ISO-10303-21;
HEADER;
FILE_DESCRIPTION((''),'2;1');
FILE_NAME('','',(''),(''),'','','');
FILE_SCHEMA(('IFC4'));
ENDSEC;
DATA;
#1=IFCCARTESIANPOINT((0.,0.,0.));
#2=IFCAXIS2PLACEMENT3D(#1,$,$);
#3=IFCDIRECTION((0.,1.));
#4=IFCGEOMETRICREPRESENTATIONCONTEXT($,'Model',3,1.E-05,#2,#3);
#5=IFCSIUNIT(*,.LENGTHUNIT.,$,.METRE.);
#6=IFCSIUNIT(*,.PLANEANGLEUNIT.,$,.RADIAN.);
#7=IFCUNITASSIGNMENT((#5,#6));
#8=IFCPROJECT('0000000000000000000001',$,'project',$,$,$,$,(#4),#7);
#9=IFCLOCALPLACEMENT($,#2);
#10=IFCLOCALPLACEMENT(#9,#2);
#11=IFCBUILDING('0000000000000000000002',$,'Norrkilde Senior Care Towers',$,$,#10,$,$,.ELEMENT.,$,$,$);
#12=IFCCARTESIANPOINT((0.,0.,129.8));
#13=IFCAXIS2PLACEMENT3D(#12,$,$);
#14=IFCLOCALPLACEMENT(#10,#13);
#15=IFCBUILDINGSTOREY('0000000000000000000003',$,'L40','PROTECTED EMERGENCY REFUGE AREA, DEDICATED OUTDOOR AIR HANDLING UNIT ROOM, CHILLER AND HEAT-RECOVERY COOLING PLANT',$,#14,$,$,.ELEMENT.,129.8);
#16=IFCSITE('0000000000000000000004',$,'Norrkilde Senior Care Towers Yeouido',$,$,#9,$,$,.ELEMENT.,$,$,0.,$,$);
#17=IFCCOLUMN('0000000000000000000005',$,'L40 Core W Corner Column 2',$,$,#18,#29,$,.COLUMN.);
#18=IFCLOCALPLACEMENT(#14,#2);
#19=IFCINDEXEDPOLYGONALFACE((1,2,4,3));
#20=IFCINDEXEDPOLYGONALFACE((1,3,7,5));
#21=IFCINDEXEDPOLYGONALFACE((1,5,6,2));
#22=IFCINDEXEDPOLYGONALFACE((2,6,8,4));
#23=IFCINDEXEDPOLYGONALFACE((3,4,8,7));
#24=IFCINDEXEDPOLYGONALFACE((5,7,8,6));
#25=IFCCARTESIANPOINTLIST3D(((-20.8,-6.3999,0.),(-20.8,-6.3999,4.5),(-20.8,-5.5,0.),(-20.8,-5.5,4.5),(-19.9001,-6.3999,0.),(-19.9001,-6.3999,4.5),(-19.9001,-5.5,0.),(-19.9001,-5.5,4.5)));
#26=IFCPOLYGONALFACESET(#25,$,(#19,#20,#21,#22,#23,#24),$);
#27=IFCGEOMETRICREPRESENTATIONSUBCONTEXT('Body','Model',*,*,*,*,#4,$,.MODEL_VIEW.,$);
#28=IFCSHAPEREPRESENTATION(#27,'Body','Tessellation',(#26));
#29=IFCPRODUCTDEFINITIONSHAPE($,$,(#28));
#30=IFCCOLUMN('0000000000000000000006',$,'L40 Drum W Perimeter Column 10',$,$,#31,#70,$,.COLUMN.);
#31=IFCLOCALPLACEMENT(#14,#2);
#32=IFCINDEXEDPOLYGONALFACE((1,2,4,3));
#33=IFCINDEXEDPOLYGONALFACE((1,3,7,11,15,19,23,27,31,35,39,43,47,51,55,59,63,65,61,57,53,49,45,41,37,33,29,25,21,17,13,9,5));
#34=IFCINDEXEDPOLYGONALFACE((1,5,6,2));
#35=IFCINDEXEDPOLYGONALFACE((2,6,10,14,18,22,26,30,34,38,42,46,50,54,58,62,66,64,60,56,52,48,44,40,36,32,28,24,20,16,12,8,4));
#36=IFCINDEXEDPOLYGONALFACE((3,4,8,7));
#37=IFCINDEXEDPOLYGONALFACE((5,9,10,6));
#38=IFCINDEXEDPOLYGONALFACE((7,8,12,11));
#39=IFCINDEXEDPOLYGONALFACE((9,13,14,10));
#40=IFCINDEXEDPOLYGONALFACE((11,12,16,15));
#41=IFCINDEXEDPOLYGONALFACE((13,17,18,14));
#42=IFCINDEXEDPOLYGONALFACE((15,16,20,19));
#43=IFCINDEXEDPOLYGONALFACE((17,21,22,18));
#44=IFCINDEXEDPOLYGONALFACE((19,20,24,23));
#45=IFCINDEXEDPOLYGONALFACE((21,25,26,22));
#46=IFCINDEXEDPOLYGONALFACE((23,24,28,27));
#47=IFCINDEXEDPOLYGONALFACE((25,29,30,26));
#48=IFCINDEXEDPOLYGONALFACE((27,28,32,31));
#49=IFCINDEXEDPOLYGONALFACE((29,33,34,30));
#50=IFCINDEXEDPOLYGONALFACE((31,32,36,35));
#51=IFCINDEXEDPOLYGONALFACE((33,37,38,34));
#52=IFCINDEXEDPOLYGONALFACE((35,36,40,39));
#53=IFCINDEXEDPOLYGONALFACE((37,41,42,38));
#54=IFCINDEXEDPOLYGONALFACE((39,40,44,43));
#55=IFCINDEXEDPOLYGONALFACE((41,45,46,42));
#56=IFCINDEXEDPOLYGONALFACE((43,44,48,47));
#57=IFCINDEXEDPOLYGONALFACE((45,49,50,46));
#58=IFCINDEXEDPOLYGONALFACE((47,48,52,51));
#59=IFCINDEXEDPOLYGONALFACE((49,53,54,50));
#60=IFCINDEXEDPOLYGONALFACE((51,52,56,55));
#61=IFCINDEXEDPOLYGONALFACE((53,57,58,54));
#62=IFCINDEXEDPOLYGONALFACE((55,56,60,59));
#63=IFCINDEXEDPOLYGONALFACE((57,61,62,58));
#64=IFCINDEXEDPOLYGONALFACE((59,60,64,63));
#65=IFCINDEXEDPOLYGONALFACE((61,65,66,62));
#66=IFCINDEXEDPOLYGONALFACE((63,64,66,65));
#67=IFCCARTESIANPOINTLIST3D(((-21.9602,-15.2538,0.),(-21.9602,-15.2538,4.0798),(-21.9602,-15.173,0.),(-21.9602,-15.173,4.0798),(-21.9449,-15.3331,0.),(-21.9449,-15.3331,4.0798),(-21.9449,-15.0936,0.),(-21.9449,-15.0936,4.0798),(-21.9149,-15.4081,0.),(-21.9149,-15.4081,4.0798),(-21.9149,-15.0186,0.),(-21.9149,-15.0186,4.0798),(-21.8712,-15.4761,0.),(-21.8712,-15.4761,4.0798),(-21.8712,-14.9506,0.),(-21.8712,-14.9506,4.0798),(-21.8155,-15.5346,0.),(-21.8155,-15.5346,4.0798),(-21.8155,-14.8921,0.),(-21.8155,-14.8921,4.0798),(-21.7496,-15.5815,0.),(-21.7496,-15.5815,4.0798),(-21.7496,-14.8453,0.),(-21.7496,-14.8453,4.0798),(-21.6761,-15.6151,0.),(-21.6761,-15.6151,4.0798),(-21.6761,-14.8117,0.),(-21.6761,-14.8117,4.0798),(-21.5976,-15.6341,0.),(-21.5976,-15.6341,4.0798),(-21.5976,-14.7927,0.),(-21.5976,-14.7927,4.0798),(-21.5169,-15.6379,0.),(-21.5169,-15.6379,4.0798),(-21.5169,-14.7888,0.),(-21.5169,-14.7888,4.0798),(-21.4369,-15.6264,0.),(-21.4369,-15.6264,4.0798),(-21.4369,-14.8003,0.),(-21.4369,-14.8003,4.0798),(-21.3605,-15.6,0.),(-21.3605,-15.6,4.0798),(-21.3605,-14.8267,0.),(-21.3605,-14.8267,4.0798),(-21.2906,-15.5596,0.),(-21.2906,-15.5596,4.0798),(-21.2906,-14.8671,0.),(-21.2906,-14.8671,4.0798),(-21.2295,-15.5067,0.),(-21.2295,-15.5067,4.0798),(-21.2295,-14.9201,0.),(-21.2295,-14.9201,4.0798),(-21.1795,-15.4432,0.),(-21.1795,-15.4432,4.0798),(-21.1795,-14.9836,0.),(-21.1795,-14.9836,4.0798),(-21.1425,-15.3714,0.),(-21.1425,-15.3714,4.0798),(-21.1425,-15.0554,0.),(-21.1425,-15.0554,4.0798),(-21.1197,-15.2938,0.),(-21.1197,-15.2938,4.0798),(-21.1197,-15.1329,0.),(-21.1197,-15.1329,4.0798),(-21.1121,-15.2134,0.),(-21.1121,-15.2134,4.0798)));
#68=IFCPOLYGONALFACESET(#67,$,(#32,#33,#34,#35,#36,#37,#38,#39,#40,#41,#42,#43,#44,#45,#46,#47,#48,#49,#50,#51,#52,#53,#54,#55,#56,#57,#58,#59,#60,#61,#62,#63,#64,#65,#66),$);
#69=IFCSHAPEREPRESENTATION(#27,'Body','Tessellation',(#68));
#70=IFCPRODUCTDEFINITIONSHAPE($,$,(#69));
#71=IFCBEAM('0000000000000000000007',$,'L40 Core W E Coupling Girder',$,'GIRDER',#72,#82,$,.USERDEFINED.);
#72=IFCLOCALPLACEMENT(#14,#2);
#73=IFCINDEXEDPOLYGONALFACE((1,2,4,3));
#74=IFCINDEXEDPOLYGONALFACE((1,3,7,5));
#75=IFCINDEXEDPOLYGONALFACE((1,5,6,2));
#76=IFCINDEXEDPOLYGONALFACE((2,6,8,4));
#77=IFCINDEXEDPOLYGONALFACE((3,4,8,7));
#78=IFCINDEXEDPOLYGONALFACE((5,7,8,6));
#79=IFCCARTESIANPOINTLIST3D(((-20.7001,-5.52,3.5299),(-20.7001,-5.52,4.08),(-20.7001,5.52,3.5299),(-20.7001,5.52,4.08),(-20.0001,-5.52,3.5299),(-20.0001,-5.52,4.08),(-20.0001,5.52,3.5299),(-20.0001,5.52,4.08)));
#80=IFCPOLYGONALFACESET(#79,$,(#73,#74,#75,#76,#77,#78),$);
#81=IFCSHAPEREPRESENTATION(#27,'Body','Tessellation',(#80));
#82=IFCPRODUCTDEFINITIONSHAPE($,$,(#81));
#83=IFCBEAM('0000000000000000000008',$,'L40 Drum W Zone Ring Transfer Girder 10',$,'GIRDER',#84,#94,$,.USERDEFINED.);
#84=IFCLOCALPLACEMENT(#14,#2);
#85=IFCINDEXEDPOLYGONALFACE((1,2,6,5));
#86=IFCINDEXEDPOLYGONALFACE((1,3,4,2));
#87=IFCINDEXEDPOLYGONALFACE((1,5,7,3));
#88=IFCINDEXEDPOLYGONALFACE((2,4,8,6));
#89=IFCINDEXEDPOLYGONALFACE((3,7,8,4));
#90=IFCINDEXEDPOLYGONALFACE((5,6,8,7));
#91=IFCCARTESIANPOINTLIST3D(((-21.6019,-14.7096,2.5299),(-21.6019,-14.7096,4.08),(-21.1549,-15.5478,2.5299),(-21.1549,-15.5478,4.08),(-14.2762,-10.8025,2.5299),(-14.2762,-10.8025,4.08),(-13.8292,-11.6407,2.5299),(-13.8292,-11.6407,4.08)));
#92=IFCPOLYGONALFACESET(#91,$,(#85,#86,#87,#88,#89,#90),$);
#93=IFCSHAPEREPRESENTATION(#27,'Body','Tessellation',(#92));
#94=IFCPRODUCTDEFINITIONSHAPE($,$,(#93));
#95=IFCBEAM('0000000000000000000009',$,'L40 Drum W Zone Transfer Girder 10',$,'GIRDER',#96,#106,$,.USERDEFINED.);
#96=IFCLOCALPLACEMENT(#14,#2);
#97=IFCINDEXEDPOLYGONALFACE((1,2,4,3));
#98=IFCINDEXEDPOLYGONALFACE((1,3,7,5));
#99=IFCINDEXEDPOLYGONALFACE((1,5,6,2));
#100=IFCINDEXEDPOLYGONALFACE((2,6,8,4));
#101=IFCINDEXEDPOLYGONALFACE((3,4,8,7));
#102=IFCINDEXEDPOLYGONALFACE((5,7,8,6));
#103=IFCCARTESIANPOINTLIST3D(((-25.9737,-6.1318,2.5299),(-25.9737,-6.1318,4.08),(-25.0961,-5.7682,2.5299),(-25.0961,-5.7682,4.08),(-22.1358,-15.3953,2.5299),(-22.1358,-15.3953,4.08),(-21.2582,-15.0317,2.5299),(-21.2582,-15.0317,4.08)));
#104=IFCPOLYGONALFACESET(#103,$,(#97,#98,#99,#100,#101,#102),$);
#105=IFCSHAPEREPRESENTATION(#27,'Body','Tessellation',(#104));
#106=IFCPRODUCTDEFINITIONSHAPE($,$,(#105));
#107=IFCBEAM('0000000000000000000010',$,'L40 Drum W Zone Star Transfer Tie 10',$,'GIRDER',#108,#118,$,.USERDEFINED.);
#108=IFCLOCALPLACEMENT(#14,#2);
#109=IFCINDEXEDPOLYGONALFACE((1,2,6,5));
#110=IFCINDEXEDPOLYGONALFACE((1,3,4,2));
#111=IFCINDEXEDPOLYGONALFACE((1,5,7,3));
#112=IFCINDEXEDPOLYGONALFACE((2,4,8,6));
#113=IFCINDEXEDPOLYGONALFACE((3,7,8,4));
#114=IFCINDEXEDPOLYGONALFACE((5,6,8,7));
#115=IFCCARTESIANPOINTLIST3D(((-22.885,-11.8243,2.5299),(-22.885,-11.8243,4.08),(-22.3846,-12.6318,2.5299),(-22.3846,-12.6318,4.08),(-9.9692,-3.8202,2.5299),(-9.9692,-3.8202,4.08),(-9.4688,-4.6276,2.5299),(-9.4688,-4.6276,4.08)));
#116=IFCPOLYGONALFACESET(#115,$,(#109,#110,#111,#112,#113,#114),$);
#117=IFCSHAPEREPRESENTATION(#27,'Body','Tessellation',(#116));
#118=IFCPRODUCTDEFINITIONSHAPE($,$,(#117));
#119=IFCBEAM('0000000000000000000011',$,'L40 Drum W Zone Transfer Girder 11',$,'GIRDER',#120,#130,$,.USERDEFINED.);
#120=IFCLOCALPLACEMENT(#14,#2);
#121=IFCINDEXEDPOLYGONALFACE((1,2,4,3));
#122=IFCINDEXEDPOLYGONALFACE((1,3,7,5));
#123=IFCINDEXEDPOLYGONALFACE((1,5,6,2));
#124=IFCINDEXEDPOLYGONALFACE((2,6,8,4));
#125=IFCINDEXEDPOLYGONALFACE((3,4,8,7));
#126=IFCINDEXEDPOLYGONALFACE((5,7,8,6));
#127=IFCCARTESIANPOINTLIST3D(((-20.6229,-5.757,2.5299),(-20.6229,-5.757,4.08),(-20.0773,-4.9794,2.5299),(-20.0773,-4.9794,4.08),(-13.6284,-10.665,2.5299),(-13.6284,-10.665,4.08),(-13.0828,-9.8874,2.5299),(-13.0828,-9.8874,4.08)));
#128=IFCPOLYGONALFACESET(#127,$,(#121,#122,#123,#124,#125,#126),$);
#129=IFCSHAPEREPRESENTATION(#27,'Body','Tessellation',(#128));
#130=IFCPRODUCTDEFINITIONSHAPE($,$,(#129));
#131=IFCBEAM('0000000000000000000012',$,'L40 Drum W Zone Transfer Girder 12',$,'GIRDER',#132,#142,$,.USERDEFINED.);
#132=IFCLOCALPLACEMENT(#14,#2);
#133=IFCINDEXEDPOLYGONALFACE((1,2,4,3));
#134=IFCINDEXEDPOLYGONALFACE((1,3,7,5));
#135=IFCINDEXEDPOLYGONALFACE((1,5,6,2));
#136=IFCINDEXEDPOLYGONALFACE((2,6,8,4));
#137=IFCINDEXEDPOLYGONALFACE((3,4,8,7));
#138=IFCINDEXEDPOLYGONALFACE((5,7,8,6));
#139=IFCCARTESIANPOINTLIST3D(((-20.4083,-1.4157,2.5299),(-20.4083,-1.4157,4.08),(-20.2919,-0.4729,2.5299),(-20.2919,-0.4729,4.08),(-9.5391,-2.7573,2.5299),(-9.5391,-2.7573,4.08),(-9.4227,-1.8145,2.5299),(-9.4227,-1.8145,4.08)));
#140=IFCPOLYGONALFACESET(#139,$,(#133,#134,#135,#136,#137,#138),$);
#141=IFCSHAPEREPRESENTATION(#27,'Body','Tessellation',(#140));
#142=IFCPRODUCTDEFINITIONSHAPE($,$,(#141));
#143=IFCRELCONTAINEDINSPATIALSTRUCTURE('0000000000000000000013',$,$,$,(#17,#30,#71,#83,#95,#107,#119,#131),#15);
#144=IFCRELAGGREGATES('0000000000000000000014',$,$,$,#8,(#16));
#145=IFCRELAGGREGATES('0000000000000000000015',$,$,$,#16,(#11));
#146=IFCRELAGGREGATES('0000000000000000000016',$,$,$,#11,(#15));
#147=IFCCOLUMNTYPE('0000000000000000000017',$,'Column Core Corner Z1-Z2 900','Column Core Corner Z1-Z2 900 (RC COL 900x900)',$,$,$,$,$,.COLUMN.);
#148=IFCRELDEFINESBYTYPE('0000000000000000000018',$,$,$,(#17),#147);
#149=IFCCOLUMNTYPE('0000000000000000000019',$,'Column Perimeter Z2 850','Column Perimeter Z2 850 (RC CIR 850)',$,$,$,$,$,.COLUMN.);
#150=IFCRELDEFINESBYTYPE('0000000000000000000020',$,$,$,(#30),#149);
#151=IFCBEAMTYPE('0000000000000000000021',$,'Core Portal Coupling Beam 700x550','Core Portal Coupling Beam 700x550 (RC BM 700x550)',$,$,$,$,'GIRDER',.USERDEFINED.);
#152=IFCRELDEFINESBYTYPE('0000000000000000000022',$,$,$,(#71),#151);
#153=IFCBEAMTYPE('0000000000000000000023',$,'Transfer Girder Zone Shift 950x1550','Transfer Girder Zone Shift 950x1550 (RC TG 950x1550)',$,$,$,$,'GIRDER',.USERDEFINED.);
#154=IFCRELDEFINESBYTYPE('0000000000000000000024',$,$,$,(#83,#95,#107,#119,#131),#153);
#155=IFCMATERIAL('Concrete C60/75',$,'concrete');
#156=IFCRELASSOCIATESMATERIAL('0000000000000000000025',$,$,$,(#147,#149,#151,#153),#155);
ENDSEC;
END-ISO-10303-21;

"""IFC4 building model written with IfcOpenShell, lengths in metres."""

from ifc_helpers import new_model, si_unit, direction, frame, origin, origin_2d, place, context, subcontext, project, spatial, rectangle, circle, extrude, source, transform, mapped, material, material_profile, profile_set, type_object, type_shapes, element, save


model = new_model("IFC4")

# Units and contexts
model_context = context("Model", 3, precision=1e-05, world=origin(), true_north=direction((0.0, 1.0)))
body_context = subcontext(model_context, "Body", "Model", "MODEL_VIEW")
ifc_project = project(units=[si_unit("LENGTHUNIT", "METRE"), si_unit("PLANEANGLEUNIT", "RADIAN")], contexts=[model_context])

# Site, building, storey
site_placement = place(None, origin())
site = spatial("IfcSite", under=ifc_project, at=site_placement, Name="Norrkilde Senior Care Towers Yeouido", CompositionType="ELEMENT", RefElevation=0.0)
building_placement = place(site_placement, origin())
building = spatial("IfcBuilding", under=site, at=building_placement, Name="Norrkilde Senior Care Towers", CompositionType="ELEMENT")
storey_placement = place(building_placement, frame((0.0, 0.0, 129.8)))
storey = spatial("IfcBuildingStorey", under=building, at=storey_placement, Name="L40", Description="PROTECTED EMERGENCY REFUGE AREA, DEDICATED OUTDOOR AIR HANDLING UNIT ROOM, CHILLER AND HEAT-RECOVERY COOLING PLANT", CompositionType="ELEMENT", Elevation=129.8)

# Columns
ifc_material_1 = material(Name="Concrete C60/75", Category="concrete")
ifc_material_profile_1 = material_profile(ifc_material_1, rectangle(XDim=0.8999, YDim=0.8999, at=origin_2d()), Name="RC COL 900x900")
ifc_profile_set_1 = profile_set([ifc_material_profile_1], Name="Concrete C60/75")
column_type_1 = type_object("IfcColumnType", Name="Column Core Corner Z1-Z2 900", Description="Column Core Corner Z1-Z2 900 (RC COL 900x900)", PredefinedType="COLUMN", material=ifc_profile_set_1)
shared_shape_1 = source(origin(), body_context, "Body", "SweptSolid", [
    extrude(rectangle(XDim=0.8999, YDim=0.8999, at=origin_2d()), origin(), (0.0, 0.0, 1.0), 4.5),
])
type_shapes(column_type_1, [shared_shape_1])
column_1_placement = place(storey_placement, frame((-20.3501, -5.95, 0.0), z_axis=(0.0, 0.0, 1.0), x_axis=(1.0, 0.0, 0.0)))
element("IfcColumn", 1, at=column_1_placement, inside=storey, type_object=column_type_1, Name="L40 Core W Corner Column 2", PredefinedType="COLUMN", context=body_context, shape_type="MappedRepresentation", body=[
    mapped(shared_shape_1, transform((0.0, 0.0, 0.0), x_axis=(1.0, 0.0, 0.0), y_axis=(0.0, 1.0, 0.0), z_axis=(0.0, 0.0, 1.0), scale=1.0)),
])
ifc_material_profile_2 = material_profile(ifc_material_1, circle(Radius=0.425, at=origin_2d()), Name="RC CIR 850")
ifc_profile_set_2 = profile_set([ifc_material_profile_2], Name="Concrete C60/75")
column_type_2 = type_object("IfcColumnType", Name="Column Perimeter Z2 850", Description="Column Perimeter Z2 850 (RC CIR 850)", PredefinedType="COLUMN", material=ifc_profile_set_2)
shared_shape_2 = source(origin(), body_context, "Body", "SweptSolid", [
    extrude(circle(Radius=0.425, at=origin_2d()), origin(), (0.0, 0.0, 1.0), 4.0798),
])
type_shapes(column_type_2, [shared_shape_2])
column_2_placement = place(storey_placement, frame((-21.5371, -15.2134, 0.0), z_axis=(0.0, 0.0, 1.0), x_axis=(1.0, 0.0, 0.0)))
element("IfcColumn", 2, at=column_2_placement, inside=storey, type_object=column_type_2, Name="L40 Drum W Perimeter Column 10", PredefinedType="COLUMN", context=body_context, shape_type="MappedRepresentation", body=[
    mapped(shared_shape_2, transform((0.0, 0.0, 0.0), x_axis=(1.0, 0.0, 0.0), y_axis=(0.0, 1.0, 0.0), z_axis=(0.0, 0.0, 1.0), scale=1.0)),
])

# Beams
ifc_material_profile_3 = material_profile(ifc_material_1, rectangle(XDim=0.7, YDim=0.55, at=origin_2d()), Name="RC BM 700x550")
ifc_profile_set_3 = profile_set([ifc_material_profile_3], Name="Concrete C60/75")
beam_type_1 = type_object("IfcBeamType", Name="Core Portal Coupling Beam 700x550", Description="Core Portal Coupling Beam 700x550 (RC BM 700x550)", ElementType="GIRDER", PredefinedType="USERDEFINED", material=ifc_profile_set_3)
shared_shape_3 = source(origin(), body_context, "Body", "SweptSolid", [
    extrude(rectangle(XDim=0.7, YDim=0.55, at=origin_2d()), origin(), (0.0, 0.0, 1.0), 11.04),
])
type_shapes(beam_type_1, [shared_shape_3])
beam_1_placement = place(storey_placement, frame((-20.3501, -5.52, 3.8049), z_axis=(0.0, 1.0, 0.0), x_axis=(-1.0, 0.0, 0.0)))
element("IfcBeam", 3, at=beam_1_placement, inside=storey, type_object=beam_type_1, Name="L40 Core W E Coupling Girder", ObjectType="GIRDER", PredefinedType="USERDEFINED", context=body_context, shape_type="MappedRepresentation", body=[
    mapped(shared_shape_3, transform((0.0, 0.0, 0.0), x_axis=(1.0, 0.0, 0.0), y_axis=(0.0, 1.0, 0.0), z_axis=(0.0, 0.0, 1.0), scale=1.0)),
])
ifc_material_profile_4 = material_profile(ifc_material_1, rectangle(XDim=0.95, YDim=1.55, at=origin_2d()), Name="RC TG 950x1550")
ifc_profile_set_4 = profile_set([ifc_material_profile_4], Name="Concrete C60/75")
beam_type_2 = type_object("IfcBeamType", Name="Transfer Girder Zone Shift 950x1550", Description="Transfer Girder Zone Shift 950x1550 (RC TG 950x1550)", ElementType="GIRDER", PredefinedType="USERDEFINED", material=ifc_profile_set_4)
shared_shape_4 = source(origin(), body_context, "Body", "SweptSolid", [
    extrude(rectangle(XDim=0.95, YDim=1.55, at=origin_2d()), origin(), (0.0, 0.0, 1.0), 8.3025),
])
beam_2_placement = place(storey_placement, frame((-21.3784, -15.1287, 3.3049), z_axis=(0.882355, 0.470584, 0.0), x_axis=(-0.470584, 0.882355, 0.0)))
element("IfcBeam", 4, at=beam_2_placement, inside=storey, type_object=beam_type_2, Name="L40 Drum W Zone Ring Transfer Girder 10", ObjectType="GIRDER", PredefinedType="USERDEFINED", context=body_context, shape_type="MappedRepresentation", body=[
    mapped(shared_shape_4, transform((0.0, 0.0, 0.0), x_axis=(1.0, 0.0, 0.0), y_axis=(0.0, 1.0, 0.0), z_axis=(0.0, 0.0, 1.0), scale=1.0)),
])
shared_shape_5 = source(origin(), body_context, "Body", "SweptSolid", [
    extrude(rectangle(XDim=0.95, YDim=1.55, at=origin_2d()), origin(), (0.0, 0.0, 1.0), 10.0271),
])
beam_3_placement = place(storey_placement, frame((-25.5349, -5.95, 3.3049), z_axis=(0.382756, -0.923849, 0.0), x_axis=(0.923849, 0.382756, 0.0)))
element("IfcBeam", 5, at=beam_3_placement, inside=storey, type_object=beam_type_2, Name="L40 Drum W Zone Transfer Girder 10", ObjectType="GIRDER", PredefinedType="USERDEFINED", context=body_context, shape_type="MappedRepresentation", body=[
    mapped(shared_shape_5, transform((0.0, 0.0, 0.0), x_axis=(1.0, 0.0, 0.0), y_axis=(0.0, 1.0, 0.0), z_axis=(0.0, 0.0, 1.0), scale=1.0)),
])
shared_shape_6 = source(origin(), body_context, "Body", "SweptSolid", [
    extrude(rectangle(XDim=0.95, YDim=1.55, at=origin_2d()), origin(), (0.0, 0.0, 1.0), 15.1948),
])
beam_4_placement = place(storey_placement, frame((-22.6348, -12.228, 3.3049), z_axis=(0.85001, 0.526767, 0.0), x_axis=(-0.526767, 0.85001, 0.0)))
element("IfcBeam", 6, at=beam_4_placement, inside=storey, type_object=beam_type_2, Name="L40 Drum W Zone Star Transfer Tie 10", ObjectType="GIRDER", PredefinedType="USERDEFINED", context=body_context, shape_type="MappedRepresentation", body=[
    mapped(shared_shape_6, transform((0.0, 0.0, 0.0), x_axis=(1.0, 0.0, 0.0), y_axis=(0.0, 1.0, 0.0), z_axis=(0.0, 0.0, 1.0), scale=1.0)),
])
shared_shape_7 = source(origin(), body_context, "Body", "SweptSolid", [
    extrude(rectangle(XDim=0.95, YDim=1.55, at=origin_2d()), origin(), (0.0, 0.0, 1.0), 8.5447),
])
beam_5_placement = place(storey_placement, frame((-20.3501, -5.3682, 3.3049), z_axis=(0.818578, -0.574396, 0.0), x_axis=(0.574396, 0.818578, 0.0)))
element("IfcBeam", 7, at=beam_5_placement, inside=storey, type_object=beam_type_2, Name="L40 Drum W Zone Transfer Girder 11", ObjectType="GIRDER", PredefinedType="USERDEFINED", context=body_context, shape_type="MappedRepresentation", body=[
    mapped(shared_shape_7, transform((0.0, 0.0, 0.0), x_axis=(1.0, 0.0, 0.0), y_axis=(0.0, 1.0, 0.0), z_axis=(0.0, 0.0, 1.0), scale=1.0)),
])
shared_shape_8 = source(origin(), body_context, "Body", "SweptSolid", [
    extrude(rectangle(XDim=0.95, YDim=1.55, at=origin_2d()), origin(), (0.0, 0.0, 1.0), 10.9517),
])
type_shapes(beam_type_2, [shared_shape_4, shared_shape_5, shared_shape_6, shared_shape_7, shared_shape_8])
beam_6_placement = place(storey_placement, frame((-20.3501, -0.9443, 3.3049), z_axis=(0.992469, -0.122498, 0.0), x_axis=(0.122498, 0.992469, 0.0)))
element("IfcBeam", 8, at=beam_6_placement, inside=storey, type_object=beam_type_2, Name="L40 Drum W Zone Transfer Girder 12", ObjectType="GIRDER", PredefinedType="USERDEFINED", context=body_context, shape_type="MappedRepresentation", body=[
    mapped(shared_shape_8, transform((0.0, 0.0, 0.0), x_axis=(1.0, 0.0, 0.0), y_axis=(0.0, 1.0, 0.0), z_axis=(0.0, 0.0, 1.0), scale=1.0)),
])

save(model, "model.ifc")
